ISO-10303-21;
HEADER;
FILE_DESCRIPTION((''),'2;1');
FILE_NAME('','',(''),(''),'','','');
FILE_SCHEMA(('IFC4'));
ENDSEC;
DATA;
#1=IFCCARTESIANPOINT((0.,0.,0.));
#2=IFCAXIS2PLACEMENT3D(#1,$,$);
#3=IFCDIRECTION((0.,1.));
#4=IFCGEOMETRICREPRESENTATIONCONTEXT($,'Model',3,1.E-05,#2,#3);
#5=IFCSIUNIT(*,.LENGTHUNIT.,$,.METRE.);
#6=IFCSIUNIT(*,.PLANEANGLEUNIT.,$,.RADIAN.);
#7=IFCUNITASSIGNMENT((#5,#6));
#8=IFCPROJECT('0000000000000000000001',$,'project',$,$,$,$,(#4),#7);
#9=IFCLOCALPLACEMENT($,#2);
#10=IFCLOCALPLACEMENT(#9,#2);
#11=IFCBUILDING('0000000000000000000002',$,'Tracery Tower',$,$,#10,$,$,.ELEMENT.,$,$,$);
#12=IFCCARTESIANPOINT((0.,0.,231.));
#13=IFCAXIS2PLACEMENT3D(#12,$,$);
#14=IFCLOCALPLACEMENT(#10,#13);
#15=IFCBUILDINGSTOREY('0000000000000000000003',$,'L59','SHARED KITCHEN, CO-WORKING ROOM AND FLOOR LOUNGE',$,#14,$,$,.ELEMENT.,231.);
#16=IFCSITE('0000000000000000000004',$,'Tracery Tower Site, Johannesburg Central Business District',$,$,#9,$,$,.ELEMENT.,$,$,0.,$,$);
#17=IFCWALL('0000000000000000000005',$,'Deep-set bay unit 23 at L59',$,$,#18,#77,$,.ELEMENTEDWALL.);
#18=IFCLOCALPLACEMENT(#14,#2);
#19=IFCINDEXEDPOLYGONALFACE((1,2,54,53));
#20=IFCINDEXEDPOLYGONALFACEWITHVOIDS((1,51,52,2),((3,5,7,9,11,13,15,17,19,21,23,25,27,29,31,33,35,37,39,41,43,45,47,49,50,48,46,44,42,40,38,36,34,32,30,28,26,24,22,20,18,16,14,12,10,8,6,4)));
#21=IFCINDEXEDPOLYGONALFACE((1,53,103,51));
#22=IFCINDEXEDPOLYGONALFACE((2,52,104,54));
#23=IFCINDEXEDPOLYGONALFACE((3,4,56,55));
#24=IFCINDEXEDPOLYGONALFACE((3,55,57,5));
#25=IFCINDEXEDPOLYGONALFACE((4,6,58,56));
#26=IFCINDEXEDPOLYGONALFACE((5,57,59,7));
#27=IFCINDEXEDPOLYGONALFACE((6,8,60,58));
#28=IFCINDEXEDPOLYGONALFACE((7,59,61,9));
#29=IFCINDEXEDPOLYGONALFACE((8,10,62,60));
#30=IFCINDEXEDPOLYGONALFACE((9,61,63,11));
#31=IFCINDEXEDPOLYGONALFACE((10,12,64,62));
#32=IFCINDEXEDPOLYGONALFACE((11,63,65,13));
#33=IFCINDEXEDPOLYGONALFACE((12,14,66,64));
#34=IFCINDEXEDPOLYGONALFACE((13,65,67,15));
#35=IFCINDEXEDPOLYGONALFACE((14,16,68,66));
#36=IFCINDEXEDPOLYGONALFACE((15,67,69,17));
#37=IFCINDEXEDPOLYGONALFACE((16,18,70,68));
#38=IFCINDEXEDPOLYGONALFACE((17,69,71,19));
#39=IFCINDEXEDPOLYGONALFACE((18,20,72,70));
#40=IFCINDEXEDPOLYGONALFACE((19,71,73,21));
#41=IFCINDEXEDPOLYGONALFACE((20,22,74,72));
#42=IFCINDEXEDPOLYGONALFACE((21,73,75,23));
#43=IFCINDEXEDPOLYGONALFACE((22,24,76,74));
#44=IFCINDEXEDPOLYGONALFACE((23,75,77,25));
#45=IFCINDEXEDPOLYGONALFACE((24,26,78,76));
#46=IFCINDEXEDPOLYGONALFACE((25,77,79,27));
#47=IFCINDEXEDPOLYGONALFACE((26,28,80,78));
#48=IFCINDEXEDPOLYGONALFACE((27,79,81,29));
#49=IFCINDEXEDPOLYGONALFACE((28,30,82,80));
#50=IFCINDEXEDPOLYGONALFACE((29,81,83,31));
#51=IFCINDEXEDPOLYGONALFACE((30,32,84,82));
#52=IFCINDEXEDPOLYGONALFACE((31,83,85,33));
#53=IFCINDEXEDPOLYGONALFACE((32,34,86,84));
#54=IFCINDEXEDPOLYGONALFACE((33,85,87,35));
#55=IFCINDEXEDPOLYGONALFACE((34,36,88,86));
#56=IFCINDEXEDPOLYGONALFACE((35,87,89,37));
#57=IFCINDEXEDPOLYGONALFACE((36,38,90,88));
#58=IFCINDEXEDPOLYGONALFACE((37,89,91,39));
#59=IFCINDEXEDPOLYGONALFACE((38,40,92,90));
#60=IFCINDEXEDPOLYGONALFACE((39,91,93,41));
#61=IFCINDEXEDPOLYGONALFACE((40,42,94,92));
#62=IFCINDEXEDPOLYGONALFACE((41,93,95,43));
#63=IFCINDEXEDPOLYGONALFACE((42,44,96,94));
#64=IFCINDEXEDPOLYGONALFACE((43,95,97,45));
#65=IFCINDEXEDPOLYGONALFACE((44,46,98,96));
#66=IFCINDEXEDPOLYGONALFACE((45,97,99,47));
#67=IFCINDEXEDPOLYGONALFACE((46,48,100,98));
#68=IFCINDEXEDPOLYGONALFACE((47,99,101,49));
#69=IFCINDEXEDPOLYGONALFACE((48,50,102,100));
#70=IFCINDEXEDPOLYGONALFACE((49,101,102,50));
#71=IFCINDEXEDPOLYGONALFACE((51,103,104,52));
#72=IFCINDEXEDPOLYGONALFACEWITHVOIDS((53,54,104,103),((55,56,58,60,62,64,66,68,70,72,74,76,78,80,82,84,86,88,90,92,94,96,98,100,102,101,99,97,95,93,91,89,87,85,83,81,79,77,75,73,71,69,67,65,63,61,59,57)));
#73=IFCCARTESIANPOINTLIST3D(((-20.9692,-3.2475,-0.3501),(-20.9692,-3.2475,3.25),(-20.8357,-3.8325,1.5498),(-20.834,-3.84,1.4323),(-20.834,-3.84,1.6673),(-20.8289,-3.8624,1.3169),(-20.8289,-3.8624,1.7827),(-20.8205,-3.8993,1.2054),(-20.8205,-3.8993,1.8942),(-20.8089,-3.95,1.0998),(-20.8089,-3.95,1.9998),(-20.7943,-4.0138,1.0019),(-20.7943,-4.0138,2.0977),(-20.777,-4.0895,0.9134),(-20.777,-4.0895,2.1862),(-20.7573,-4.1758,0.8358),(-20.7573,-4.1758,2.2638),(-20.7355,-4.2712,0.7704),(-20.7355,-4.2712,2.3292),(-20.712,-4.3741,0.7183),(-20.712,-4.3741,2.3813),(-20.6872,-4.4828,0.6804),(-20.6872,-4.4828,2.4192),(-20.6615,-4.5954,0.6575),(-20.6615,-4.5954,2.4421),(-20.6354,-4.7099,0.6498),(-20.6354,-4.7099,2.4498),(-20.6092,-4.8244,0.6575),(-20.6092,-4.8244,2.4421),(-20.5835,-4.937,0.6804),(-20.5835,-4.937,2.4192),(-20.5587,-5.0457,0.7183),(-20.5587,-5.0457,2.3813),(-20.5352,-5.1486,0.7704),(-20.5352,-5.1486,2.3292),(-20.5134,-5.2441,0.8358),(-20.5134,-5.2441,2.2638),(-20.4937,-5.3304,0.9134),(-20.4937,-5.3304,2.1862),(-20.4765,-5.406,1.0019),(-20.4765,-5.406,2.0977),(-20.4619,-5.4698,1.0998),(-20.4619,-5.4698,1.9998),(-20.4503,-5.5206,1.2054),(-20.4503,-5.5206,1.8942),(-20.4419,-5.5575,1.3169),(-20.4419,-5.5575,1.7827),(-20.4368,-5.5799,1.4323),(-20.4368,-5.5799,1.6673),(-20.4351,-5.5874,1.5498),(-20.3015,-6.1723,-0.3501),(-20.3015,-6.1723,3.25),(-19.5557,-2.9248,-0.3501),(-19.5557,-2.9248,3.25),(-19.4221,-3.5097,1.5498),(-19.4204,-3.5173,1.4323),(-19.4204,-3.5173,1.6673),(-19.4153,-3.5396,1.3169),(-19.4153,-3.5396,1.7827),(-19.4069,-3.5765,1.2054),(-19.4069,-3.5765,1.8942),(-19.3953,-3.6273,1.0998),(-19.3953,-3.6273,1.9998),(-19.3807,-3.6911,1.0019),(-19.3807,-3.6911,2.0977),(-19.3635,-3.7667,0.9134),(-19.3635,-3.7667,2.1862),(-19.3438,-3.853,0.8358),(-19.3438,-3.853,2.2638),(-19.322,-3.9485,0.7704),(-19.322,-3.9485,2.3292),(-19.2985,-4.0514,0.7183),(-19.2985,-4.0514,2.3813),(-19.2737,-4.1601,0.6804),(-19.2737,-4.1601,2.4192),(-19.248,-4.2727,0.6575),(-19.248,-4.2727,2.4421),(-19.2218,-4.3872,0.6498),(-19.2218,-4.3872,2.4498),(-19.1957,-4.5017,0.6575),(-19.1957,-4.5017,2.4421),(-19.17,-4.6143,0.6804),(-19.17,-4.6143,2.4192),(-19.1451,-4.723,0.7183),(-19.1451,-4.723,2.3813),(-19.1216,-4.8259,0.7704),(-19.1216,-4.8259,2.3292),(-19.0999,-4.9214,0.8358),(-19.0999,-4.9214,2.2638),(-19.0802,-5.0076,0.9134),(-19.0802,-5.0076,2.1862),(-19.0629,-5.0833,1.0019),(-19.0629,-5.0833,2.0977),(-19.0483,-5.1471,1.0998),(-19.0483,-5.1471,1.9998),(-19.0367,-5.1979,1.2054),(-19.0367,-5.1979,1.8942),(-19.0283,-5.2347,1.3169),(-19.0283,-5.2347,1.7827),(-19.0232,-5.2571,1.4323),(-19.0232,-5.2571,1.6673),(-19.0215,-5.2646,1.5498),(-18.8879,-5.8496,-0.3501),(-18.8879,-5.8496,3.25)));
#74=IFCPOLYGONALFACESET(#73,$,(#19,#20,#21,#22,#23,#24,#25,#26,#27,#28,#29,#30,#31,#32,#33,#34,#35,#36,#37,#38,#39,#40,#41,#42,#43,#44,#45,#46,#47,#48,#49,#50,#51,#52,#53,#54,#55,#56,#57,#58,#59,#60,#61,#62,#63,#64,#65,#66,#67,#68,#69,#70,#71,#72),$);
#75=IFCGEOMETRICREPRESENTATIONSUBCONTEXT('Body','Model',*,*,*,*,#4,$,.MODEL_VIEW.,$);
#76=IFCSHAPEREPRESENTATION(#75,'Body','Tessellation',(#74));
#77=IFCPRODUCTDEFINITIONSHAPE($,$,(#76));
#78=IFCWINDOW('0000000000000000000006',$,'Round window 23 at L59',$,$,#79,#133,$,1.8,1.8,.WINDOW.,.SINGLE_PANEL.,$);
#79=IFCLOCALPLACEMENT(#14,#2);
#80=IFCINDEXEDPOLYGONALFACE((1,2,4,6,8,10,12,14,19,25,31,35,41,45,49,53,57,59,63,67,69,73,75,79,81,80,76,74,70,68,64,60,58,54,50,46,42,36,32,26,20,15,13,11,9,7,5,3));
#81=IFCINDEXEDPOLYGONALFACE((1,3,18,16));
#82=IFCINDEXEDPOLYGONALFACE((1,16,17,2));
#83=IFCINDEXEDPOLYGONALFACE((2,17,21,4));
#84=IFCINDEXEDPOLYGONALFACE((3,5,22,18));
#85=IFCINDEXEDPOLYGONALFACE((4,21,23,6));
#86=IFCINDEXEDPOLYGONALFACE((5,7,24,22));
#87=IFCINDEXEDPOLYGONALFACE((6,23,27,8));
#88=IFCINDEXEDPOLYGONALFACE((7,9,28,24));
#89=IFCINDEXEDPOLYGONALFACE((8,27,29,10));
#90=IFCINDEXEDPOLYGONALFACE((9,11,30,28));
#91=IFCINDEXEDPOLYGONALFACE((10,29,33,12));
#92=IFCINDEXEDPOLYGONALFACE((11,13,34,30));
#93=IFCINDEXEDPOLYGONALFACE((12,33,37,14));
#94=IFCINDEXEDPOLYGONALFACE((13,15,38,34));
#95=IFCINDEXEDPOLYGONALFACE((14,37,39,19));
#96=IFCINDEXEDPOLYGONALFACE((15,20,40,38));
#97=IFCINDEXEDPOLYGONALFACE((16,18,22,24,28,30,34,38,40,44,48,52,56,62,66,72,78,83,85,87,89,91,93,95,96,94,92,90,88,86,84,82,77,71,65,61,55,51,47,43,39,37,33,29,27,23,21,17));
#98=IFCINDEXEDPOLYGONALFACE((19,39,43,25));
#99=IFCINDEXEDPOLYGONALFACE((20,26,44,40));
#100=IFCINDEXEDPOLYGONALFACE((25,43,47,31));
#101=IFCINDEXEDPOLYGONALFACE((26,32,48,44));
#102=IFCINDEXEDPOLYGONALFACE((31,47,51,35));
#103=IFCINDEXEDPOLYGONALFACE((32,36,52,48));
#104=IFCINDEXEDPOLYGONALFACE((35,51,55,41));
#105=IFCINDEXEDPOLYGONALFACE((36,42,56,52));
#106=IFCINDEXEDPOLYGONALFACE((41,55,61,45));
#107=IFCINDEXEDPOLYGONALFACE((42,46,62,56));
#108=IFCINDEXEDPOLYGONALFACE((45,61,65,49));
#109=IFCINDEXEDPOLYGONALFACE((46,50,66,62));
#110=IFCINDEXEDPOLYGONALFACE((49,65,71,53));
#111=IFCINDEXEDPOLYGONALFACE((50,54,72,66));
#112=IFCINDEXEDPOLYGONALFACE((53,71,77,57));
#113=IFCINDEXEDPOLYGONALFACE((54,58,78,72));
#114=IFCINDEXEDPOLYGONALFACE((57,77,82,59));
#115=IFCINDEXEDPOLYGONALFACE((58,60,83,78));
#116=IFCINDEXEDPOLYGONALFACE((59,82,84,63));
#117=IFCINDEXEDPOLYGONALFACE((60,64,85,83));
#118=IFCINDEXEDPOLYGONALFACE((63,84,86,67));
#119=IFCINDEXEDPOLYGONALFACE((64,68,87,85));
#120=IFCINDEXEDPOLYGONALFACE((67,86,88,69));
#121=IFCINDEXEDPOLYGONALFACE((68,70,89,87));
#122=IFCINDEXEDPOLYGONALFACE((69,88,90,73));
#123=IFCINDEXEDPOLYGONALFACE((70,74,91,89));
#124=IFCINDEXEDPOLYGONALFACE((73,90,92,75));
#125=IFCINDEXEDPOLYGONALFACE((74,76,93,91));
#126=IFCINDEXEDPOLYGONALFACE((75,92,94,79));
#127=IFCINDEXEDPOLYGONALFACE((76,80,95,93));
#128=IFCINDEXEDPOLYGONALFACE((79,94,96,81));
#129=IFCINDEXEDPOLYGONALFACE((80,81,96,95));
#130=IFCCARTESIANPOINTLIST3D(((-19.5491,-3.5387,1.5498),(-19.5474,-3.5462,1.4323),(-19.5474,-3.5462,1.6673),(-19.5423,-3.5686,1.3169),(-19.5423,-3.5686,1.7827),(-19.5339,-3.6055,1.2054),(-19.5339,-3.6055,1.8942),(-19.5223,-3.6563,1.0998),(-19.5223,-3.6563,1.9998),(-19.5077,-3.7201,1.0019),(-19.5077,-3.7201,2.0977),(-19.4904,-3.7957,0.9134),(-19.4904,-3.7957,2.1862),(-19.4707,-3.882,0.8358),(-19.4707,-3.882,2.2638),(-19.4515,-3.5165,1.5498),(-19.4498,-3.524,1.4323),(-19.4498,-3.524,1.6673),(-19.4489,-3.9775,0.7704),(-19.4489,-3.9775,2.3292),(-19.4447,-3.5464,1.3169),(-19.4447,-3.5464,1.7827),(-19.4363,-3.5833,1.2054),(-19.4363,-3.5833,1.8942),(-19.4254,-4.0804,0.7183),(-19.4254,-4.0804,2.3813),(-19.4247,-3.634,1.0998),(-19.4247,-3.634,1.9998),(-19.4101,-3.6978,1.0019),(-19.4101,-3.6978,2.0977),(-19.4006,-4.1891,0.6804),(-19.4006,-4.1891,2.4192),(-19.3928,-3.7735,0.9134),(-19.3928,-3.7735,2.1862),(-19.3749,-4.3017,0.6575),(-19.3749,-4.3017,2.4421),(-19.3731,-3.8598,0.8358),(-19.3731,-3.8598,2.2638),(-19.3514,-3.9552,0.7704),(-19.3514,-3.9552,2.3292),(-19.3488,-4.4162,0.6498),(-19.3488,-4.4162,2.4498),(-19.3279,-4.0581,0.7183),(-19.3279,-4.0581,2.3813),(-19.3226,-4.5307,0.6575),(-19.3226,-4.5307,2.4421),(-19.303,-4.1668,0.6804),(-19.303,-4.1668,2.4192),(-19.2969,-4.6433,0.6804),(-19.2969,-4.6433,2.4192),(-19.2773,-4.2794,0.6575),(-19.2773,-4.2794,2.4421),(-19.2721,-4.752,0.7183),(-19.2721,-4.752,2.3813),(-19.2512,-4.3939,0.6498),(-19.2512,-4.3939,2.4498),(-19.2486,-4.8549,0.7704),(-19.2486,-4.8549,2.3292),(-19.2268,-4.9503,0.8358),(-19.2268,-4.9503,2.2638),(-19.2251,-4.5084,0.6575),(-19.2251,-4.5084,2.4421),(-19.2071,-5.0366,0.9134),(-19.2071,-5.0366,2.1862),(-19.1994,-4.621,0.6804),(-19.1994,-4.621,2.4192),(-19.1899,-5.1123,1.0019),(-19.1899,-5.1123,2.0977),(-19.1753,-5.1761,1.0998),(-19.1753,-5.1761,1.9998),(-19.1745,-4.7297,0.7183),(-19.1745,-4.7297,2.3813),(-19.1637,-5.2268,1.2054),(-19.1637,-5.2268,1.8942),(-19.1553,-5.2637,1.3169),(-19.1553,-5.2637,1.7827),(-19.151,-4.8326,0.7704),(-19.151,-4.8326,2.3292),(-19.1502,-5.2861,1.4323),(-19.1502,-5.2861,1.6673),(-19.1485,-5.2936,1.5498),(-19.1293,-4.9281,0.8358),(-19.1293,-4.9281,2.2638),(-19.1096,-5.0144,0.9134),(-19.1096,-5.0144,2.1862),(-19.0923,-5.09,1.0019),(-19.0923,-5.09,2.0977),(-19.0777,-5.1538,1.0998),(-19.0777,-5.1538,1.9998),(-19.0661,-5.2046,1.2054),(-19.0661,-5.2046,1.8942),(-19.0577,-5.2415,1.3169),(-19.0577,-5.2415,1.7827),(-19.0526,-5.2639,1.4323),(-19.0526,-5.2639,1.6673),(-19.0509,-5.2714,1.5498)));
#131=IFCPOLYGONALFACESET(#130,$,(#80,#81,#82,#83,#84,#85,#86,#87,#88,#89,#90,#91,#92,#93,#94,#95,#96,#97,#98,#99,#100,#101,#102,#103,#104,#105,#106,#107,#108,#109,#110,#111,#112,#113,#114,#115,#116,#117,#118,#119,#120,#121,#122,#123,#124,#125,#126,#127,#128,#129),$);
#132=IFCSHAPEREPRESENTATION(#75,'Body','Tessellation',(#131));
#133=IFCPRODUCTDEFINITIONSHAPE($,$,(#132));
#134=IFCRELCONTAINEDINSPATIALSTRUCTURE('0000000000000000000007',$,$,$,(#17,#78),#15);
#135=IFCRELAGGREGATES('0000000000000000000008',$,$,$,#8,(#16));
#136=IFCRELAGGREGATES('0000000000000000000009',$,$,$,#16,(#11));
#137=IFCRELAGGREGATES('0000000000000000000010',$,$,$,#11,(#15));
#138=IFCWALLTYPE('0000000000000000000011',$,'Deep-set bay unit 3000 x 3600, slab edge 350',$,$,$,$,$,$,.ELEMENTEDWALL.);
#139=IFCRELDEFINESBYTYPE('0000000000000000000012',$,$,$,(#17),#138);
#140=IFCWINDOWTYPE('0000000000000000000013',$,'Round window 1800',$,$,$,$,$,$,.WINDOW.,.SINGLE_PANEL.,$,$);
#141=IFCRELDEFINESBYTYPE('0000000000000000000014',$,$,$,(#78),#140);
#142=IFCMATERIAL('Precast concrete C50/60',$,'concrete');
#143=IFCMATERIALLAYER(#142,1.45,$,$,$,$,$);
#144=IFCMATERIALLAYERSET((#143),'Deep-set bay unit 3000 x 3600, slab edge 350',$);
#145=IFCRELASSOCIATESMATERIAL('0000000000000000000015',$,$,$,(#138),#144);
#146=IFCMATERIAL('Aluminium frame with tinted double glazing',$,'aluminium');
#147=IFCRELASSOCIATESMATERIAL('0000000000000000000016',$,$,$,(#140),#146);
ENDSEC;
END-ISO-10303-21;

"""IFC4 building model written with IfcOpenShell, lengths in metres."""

from ifc_helpers import new_model, si_unit, direction, frame, frame_2d, origin, origin_2d, place, context, subcontext, project, spatial, rectangle, circle, extrude, material, layer, layer_set, type_object, element, fill, save


model = new_model("IFC4")

# Units and contexts
model_context = context("Model", 3, precision=1e-05, world=origin(), true_north=direction((0.0, 1.0)))
body_context = subcontext(model_context, "Body", "Model", "MODEL_VIEW")
ifc_project = project(units=[si_unit("LENGTHUNIT", "METRE"), si_unit("PLANEANGLEUNIT", "RADIAN")], contexts=[model_context])

# Site, building, storey
site_placement = place(None, origin())
site = spatial("IfcSite", under=ifc_project, at=site_placement, Name="Tracery Tower Site, Johannesburg Central Business District", CompositionType="ELEMENT", RefElevation=0.0)
building_placement = place(site_placement, origin())
building = spatial("IfcBuilding", under=site, at=building_placement, Name="Tracery Tower", CompositionType="ELEMENT")
storey_placement = place(building_placement, frame((0.0, 0.0, 231.0)))
storey = spatial("IfcBuildingStorey", under=building, at=storey_placement, Name="L59", Description="SHARED KITCHEN, CO-WORKING ROOM AND FLOOR LOUNGE", CompositionType="ELEMENT", Elevation=231.0)

# Wall, opening, window
ifc_material_1 = material(Name="Precast concrete C50/60", Category="concrete")
ifc_layer_1 = layer(ifc_material_1, 1.45)
ifc_layer_set_1 = layer_set([ifc_layer_1], Name="Deep-set bay unit 3000 x 3600, slab edge 350")
wall_type_1 = type_object("IfcWallType", Name="Deep-set bay unit 3000 x 3600, slab edge 350", PredefinedType="ELEMENTEDWALL", material=ifc_layer_set_1)
wall_1_placement = place(storey_placement, frame((-20.2625, -3.0862, -0.3501), z_axis=(0.0, 0.0, 1.0), x_axis=(0.222571, -0.974917, 0.0)))
wall_1 = element("IfcWall", 1, at=wall_1_placement, inside=storey, type_object=wall_type_1, Name="Deep-set bay unit 23 at L59", PredefinedType="ELEMENTEDWALL", context=body_context, shape_type="SweptSolid", body=[
    extrude(rectangle(XDim=3.0, YDim=1.45, at=frame_2d((1.5, 0.0))), origin(), (0.0, 0.0, 1.0), 3.6001),
])
opening_1_placement = place(wall_1_placement, frame((1.5, 0.0, 1.8999)))
opening_1 = element("IfcOpeningElement", 2, at=opening_1_placement, cuts=wall_1, PredefinedType="OPENING", context=body_context, shape_type="SweptSolid", body=[
    extrude(circle(Radius=0.9, at=origin_2d()), frame((0.0, 0.7349, 0.0), z_axis=(0.0, -1.0, 0.0), x_axis=(1.0, 0.0, 0.0)), (0.0, 0.0, 1.0), 1.47),
])
ifc_material_2 = material(Name="Aluminium frame with tinted double glazing", Category="aluminium")
window_type = type_object("IfcWindowType", Name="Round window 1800", PartitioningType="SINGLE_PANEL", PredefinedType="WINDOW", material=ifc_material_2)
window_1_placement = place(opening_1_placement, origin())
window_1 = element("IfcWindow", 3, at=window_1_placement, inside=storey, type_object=window_type, Name="Round window 23 at L59", OverallHeight=1.8, OverallWidth=1.8, PartitioningType="SINGLE_PANEL", PredefinedType="WINDOW", context=body_context, shape_type="SweptSolid", body=[
    extrude(circle(Radius=0.9, at=origin_2d()), frame((0.0, 0.6948, 0.0), z_axis=(0.0, -1.0, 0.0), x_axis=(1.0, 0.0, 0.0)), (0.0, 0.0, 1.0), 0.1001),
])
fill(opening_1, window_1)

save(model, "model.ifc")
